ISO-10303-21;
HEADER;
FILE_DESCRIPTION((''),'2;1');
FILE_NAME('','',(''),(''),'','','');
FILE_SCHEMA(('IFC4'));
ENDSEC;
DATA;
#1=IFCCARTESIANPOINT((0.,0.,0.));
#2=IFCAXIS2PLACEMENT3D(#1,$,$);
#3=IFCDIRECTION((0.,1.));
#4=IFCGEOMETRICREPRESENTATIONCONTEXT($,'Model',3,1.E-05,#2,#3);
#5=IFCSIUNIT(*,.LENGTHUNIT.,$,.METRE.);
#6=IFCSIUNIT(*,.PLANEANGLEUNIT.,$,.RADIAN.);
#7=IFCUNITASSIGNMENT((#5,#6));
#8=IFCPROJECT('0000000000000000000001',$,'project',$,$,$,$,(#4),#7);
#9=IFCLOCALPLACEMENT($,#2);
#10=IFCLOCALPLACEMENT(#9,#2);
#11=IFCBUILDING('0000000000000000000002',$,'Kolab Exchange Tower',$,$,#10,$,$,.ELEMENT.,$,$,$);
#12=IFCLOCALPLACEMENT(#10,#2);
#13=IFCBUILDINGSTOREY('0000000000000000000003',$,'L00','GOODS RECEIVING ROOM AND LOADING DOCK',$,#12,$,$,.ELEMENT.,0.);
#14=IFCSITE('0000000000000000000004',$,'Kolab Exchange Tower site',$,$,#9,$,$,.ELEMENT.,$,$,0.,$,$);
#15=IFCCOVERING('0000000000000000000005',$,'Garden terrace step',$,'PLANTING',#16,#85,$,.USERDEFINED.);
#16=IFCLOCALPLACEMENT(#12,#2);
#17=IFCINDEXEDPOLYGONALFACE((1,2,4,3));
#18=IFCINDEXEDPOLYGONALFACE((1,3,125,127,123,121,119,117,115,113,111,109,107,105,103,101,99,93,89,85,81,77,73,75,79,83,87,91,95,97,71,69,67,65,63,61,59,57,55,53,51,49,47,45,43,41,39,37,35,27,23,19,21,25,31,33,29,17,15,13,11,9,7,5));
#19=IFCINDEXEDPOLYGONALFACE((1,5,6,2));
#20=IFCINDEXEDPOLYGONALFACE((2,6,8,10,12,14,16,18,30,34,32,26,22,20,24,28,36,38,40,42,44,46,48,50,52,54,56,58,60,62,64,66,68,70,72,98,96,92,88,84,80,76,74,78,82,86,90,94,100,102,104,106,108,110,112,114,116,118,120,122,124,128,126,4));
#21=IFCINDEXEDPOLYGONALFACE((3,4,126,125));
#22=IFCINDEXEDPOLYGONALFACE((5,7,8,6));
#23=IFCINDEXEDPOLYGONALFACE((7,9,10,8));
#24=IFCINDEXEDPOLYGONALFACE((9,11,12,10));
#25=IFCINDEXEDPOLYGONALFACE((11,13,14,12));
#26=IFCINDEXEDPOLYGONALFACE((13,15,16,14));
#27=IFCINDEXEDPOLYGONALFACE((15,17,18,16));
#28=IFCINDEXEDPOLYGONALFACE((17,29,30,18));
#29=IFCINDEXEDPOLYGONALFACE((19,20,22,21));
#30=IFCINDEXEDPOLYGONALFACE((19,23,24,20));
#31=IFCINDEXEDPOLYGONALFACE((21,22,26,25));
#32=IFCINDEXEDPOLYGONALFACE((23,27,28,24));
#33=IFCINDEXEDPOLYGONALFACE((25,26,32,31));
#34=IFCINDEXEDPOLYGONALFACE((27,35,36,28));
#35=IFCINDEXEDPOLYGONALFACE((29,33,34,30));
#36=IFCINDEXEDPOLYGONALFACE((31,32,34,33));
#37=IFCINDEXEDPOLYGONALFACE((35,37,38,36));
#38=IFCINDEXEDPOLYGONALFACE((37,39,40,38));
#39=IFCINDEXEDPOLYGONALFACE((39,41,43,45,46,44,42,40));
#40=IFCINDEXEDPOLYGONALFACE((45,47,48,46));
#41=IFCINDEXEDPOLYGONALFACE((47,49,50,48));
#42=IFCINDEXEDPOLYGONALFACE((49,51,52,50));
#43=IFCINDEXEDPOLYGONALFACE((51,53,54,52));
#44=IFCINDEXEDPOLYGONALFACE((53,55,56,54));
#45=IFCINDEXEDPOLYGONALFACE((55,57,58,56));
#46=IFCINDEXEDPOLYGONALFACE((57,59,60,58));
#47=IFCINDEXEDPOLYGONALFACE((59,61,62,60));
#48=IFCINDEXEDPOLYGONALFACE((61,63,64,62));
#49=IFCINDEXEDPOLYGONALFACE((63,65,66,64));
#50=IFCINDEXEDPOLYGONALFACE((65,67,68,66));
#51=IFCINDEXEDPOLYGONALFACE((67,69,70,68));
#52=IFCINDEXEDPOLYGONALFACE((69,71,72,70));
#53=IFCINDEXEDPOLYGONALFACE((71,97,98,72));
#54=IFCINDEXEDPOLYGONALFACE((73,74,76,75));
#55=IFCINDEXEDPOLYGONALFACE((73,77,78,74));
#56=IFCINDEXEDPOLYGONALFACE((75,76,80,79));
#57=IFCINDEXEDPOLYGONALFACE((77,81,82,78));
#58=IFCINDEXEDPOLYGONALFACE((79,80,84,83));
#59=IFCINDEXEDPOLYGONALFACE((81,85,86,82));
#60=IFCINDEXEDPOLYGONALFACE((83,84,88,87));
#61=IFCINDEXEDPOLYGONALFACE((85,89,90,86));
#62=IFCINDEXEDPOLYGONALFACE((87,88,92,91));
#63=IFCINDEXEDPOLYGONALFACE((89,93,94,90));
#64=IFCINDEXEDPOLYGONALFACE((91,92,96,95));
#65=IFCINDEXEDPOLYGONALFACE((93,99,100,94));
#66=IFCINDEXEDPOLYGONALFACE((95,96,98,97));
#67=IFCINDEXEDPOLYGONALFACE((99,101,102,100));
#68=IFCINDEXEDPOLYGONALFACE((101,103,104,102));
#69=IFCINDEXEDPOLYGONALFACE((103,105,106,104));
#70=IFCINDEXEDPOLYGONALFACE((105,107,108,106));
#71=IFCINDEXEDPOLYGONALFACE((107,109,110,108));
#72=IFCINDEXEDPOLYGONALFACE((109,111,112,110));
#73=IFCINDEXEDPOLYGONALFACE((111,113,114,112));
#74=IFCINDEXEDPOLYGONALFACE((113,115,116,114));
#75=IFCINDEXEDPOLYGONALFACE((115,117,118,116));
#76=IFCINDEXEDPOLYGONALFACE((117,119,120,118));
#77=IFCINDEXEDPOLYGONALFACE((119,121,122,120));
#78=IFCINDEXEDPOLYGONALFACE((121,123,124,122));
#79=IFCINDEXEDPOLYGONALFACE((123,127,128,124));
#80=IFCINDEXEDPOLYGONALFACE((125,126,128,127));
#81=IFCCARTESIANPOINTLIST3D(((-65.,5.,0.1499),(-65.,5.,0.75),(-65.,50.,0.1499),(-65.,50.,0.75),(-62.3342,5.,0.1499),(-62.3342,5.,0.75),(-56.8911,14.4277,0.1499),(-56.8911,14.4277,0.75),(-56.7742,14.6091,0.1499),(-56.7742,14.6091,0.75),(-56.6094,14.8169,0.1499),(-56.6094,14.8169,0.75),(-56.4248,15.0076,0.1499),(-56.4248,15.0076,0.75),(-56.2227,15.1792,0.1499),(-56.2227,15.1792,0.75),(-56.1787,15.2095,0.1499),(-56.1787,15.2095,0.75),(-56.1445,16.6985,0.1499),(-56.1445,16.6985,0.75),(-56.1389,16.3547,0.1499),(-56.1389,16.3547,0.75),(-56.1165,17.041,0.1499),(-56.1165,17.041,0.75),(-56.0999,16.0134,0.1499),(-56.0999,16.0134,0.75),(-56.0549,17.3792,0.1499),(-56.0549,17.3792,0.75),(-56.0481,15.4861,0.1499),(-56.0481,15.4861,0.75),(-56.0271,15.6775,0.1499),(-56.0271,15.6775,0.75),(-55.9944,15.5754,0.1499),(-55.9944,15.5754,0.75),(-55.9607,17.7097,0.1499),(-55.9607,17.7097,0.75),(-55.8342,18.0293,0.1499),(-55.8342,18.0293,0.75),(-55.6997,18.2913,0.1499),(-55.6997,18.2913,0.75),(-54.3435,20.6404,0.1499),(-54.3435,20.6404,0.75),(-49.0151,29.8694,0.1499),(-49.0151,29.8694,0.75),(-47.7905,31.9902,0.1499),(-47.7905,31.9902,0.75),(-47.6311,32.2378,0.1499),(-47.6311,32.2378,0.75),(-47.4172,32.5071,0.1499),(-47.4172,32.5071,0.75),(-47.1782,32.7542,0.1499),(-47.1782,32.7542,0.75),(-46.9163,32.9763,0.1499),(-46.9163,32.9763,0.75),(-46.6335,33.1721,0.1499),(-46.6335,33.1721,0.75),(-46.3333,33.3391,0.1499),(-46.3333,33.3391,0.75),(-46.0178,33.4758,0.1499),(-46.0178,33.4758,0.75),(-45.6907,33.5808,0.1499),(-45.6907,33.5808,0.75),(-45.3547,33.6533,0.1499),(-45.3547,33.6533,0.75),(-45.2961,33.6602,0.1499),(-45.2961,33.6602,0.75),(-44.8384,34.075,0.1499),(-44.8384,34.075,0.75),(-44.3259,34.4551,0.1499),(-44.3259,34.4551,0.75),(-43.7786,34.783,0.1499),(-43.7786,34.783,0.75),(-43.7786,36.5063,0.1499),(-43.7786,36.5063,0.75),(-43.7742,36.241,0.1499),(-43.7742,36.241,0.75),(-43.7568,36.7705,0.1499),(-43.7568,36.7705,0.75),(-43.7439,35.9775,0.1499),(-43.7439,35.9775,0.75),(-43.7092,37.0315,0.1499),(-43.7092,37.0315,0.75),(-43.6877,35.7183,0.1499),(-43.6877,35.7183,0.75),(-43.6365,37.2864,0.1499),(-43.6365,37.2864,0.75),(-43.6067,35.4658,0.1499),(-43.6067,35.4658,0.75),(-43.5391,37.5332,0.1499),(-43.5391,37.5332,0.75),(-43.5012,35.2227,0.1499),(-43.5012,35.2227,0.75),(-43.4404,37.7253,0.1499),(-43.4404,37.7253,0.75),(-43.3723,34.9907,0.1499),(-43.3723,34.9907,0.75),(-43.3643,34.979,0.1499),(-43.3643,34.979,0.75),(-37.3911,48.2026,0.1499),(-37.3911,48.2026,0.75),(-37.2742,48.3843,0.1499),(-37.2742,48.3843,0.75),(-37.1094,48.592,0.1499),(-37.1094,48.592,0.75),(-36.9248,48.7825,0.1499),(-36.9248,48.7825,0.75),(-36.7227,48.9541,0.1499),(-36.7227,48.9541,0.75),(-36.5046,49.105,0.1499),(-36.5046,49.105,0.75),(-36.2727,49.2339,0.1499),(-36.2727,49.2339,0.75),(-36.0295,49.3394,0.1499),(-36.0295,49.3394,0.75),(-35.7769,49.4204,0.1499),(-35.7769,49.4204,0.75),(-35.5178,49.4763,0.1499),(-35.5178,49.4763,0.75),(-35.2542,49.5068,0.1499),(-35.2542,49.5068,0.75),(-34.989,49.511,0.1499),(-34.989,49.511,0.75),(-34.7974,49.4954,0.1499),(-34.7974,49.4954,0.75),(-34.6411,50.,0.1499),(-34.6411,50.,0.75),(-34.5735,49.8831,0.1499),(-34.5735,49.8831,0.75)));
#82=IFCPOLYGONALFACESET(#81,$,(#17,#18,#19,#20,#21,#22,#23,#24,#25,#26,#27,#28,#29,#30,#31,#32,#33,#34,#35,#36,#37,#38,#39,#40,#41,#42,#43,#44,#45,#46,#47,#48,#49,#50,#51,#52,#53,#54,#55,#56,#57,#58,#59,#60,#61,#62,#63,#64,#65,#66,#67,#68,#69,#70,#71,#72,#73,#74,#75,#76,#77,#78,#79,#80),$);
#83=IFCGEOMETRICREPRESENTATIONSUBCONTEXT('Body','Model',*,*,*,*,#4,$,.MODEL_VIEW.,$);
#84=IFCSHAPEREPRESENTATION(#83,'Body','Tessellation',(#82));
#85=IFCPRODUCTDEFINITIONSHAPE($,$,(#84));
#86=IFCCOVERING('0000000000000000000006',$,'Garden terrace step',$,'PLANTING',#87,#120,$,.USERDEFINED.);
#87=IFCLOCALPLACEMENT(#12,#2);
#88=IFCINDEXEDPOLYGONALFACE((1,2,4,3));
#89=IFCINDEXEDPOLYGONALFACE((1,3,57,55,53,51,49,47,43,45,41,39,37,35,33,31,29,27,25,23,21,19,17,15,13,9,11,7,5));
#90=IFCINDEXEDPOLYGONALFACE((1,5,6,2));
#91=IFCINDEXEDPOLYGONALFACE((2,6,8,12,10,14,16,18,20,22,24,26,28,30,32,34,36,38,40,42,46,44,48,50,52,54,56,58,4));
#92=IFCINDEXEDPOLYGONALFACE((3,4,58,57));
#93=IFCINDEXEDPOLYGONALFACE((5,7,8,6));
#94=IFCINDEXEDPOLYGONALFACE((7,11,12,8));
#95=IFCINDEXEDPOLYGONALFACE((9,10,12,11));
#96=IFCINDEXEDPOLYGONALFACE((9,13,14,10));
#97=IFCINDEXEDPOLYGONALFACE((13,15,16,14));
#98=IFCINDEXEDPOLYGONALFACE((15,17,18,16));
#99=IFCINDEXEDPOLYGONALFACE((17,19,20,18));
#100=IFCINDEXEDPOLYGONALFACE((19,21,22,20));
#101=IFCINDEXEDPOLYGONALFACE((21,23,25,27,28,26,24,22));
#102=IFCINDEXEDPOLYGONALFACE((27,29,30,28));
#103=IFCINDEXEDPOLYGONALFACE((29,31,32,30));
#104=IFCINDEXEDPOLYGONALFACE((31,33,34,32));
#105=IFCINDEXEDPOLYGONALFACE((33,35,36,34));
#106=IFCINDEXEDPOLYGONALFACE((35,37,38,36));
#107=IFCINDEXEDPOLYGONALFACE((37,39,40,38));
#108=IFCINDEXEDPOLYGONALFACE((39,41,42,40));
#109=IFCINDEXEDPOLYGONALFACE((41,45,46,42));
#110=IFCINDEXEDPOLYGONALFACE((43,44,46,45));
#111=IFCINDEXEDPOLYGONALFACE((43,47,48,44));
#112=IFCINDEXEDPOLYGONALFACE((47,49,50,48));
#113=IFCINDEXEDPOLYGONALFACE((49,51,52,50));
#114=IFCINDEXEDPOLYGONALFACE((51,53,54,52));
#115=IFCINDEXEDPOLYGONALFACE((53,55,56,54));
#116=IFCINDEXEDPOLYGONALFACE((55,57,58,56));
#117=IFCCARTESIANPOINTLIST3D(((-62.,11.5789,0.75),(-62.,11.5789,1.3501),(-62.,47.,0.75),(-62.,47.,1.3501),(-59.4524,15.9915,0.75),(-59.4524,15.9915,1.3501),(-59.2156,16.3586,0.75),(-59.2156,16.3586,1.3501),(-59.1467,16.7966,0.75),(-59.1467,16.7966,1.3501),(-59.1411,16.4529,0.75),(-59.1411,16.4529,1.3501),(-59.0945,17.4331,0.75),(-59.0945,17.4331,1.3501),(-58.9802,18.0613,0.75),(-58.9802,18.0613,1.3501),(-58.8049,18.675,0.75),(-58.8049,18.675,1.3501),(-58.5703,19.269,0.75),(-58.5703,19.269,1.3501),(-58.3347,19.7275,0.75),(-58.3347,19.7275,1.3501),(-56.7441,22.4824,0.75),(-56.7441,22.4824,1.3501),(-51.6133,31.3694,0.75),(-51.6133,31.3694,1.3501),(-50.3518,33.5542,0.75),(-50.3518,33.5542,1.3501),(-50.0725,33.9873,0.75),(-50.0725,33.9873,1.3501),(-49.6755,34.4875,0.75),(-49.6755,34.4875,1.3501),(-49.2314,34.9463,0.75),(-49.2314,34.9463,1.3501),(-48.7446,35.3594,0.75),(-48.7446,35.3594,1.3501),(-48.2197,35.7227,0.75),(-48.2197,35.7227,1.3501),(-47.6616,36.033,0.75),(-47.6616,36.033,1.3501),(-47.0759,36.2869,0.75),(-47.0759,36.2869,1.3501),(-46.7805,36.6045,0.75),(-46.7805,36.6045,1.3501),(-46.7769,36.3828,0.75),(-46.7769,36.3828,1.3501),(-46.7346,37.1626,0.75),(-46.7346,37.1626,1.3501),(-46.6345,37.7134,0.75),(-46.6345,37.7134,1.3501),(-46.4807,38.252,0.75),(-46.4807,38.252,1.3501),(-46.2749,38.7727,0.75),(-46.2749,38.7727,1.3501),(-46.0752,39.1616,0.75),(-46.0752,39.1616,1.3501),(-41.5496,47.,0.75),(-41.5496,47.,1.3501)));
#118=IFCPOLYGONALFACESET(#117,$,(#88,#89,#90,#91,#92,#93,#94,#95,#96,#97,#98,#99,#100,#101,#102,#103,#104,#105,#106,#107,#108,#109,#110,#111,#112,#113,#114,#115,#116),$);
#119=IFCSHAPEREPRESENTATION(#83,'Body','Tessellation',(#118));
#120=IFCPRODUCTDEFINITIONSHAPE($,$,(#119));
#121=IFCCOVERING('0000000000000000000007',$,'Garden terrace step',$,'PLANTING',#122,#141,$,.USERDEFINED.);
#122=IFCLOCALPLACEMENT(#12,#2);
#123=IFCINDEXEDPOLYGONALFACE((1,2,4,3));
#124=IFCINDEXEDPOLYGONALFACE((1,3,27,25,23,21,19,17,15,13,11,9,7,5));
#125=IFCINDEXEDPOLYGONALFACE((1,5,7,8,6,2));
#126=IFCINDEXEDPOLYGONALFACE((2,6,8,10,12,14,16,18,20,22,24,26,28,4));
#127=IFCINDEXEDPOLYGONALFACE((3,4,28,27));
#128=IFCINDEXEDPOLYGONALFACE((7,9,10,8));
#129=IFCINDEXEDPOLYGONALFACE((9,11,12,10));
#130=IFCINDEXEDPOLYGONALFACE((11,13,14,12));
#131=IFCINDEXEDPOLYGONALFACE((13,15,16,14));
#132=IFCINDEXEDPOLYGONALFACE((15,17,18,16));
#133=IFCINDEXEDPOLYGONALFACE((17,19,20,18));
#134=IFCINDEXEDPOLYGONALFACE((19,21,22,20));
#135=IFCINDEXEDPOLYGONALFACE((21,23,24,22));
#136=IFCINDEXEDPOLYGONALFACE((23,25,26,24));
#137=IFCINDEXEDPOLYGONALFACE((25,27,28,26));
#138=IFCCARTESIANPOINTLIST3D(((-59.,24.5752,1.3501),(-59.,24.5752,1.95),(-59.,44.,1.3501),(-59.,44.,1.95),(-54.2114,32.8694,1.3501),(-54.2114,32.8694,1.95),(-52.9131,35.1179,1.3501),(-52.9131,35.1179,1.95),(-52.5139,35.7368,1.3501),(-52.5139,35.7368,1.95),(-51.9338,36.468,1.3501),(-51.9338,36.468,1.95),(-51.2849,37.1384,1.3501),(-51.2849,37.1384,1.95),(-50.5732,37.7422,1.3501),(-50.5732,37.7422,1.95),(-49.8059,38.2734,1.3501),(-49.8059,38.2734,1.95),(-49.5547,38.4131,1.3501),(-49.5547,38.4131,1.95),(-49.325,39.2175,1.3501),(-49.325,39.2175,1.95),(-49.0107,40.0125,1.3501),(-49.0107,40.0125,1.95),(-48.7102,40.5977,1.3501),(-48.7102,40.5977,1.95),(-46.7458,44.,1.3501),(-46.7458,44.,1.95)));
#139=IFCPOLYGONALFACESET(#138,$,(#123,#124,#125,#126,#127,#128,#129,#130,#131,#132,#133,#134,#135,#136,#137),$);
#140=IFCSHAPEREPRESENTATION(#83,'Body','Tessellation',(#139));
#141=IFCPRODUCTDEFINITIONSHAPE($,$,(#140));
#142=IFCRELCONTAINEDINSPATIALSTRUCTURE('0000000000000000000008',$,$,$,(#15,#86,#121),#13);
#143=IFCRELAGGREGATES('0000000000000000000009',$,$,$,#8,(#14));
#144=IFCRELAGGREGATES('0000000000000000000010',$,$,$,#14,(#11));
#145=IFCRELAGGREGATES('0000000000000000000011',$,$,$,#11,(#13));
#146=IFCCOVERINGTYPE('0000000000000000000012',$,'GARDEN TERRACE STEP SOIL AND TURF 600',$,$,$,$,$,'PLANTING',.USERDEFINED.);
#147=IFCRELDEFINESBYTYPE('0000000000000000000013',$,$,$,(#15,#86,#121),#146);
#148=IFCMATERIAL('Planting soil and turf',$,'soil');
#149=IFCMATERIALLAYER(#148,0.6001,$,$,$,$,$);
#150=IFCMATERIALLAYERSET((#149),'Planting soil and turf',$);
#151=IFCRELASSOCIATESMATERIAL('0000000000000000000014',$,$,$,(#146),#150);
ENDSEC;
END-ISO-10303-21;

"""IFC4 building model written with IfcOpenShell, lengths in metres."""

from ifc_helpers import new_model, si_unit, direction, frame, origin, place, context, subcontext, project, spatial, polyline, outline, extrude, material, layer, layer_set, type_object, element, save


model = new_model("IFC4")

# Units and contexts
model_context = context("Model", 3, precision=1e-05, world=origin(), true_north=direction((0.0, 1.0)))
body_context = subcontext(model_context, "Body", "Model", "MODEL_VIEW")
ifc_project = project(units=[si_unit("LENGTHUNIT", "METRE"), si_unit("PLANEANGLEUNIT", "RADIAN")], contexts=[model_context])

# Site, building, storey
site_placement = place(None, origin())
site = spatial("IfcSite", under=ifc_project, at=site_placement, Name="Kolab Exchange Tower site", CompositionType="ELEMENT", RefElevation=0.0)
building_placement = place(site_placement, origin())
building = spatial("IfcBuilding", under=site, at=building_placement, Name="Kolab Exchange Tower", CompositionType="ELEMENT")
storey_placement = place(building_placement, origin())
storey = spatial("IfcBuildingStorey", under=building, at=storey_placement, Name="L00", Description="GOODS RECEIVING ROOM AND LOADING DOCK", CompositionType="ELEMENT", Elevation=0.0)

# Coverings
ifc_material_1 = material(Name="Planting soil and turf", Category="soil")
ifc_layer_1 = layer(ifc_material_1, 0.6001)
ifc_layer_set_1 = layer_set([ifc_layer_1], Name="Planting soil and turf")
covering_type_1 = type_object("IfcCoveringType", Name="GARDEN TERRACE STEP SOIL AND TURF 600", ElementType="PLANTING", PredefinedType="USERDEFINED", material=ifc_layer_set_1)
covering_1_placement = place(storey_placement, frame((0.0, 0.0, 0.1499)))
element("IfcCovering", 1, at=covering_1_placement, inside=storey, type_object=covering_type_1, Name="Garden terrace step", ObjectType="PLANTING", PredefinedType="USERDEFINED", context=body_context, shape_type="SweptSolid", body=[
    extrude(outline(polyline([(-65.0, 50.0), (-34.6411, 50.0), (-34.5735, 49.8831), (-34.7974, 49.4954), (-34.989, 49.511), (-35.2542, 49.5068), (-35.5178, 49.4763), (-35.7769, 49.4204), (-36.0295, 49.3394), (-36.2727, 49.2339), (-36.5046, 49.105), (-36.7227, 48.9541), (-36.9248, 48.7825), (-37.1094, 48.592), (-37.2742, 48.3843), (-37.3911, 48.2026), (-43.4404, 37.7253), (-43.5391, 37.5332), (-43.6365, 37.2864), (-43.7092, 37.0315), (-43.7568, 36.7705), (-43.7786, 36.5063), (-43.7742, 36.241), (-43.7439, 35.9775), (-43.6877, 35.7183), (-43.6067, 35.4658), (-43.5012, 35.2227), (-43.3723, 34.9907), (-43.3643, 34.979), (-43.7786, 34.783), (-44.3259, 34.4551), (-44.8384, 34.075), (-45.2961, 33.6602), (-45.3547, 33.6533), (-45.6907, 33.5808), (-46.0178, 33.4758), (-46.3333, 33.3391), (-46.6335, 33.1721), (-46.9163, 32.9763), (-47.1782, 32.7542), (-47.4172, 32.5071), (-47.6311, 32.2378), (-47.7905, 31.9902), (-49.0151, 29.8694), (-54.3435, 20.6404), (-54.3435, 20.6404), (-55.6997, 18.2913), (-55.8342, 18.0293), (-55.9607, 17.7097), (-56.0549, 17.3792), (-56.1165, 17.041), (-56.1445, 16.6985), (-56.1389, 16.3547), (-56.0999, 16.0134), (-56.0271, 15.6775), (-55.9944, 15.5754), (-56.0481, 15.4861), (-56.1787, 15.2095), (-56.2227, 15.1792), (-56.4248, 15.0076), (-56.6094, 14.8169), (-56.7742, 14.6091), (-56.8911, 14.4277), (-62.3342, 5.0), (-65.0, 5.0), (-65.0, 50.0)])), origin(), (0.0, 0.0, 1.0), 0.6001),
])
covering_2_placement = place(storey_placement, frame((0.0, 0.0, 0.75)))
element("IfcCovering", 2, at=covering_2_placement, inside=storey, type_object=covering_type_1, Name="Garden terrace step", ObjectType="PLANTING", PredefinedType="USERDEFINED", context=body_context, shape_type="SweptSolid", body=[
    extrude(outline(polyline([(-62.0, 11.5789), (-62.0, 47.0), (-41.5496, 47.0), (-46.0752, 39.1616), (-46.2749, 38.7727), (-46.4807, 38.252), (-46.6345, 37.7134), (-46.7346, 37.1626), (-46.7805, 36.6045), (-46.7769, 36.3828), (-47.0759, 36.2869), (-47.6616, 36.033), (-48.2197, 35.7227), (-48.7446, 35.3594), (-49.2314, 34.9463), (-49.6755, 34.4875), (-50.0725, 33.9873), (-50.3518, 33.5542), (-51.6133, 31.3694), (-56.7441, 22.4824), (-56.7441, 22.4824), (-58.3347, 19.7275), (-58.5703, 19.269), (-58.8049, 18.675), (-58.9802, 18.0613), (-59.0945, 17.4331), (-59.1467, 16.7966), (-59.1411, 16.4529), (-59.2156, 16.3586), (-59.4524, 15.9915), (-62.0, 11.5789)])), origin(), (0.0, 0.0, 1.0), 0.6001),
])
covering_3_placement = place(storey_placement, frame((0.0, 0.0, 1.3501)))
element("IfcCovering", 3, at=covering_3_placement, inside=storey, type_object=covering_type_1, Name="Garden terrace step", ObjectType="PLANTING", PredefinedType="USERDEFINED", context=body_context, shape_type="SweptSolid", body=[
    extrude(outline(polyline([(-59.0, 24.5752), (-59.0, 44.0), (-46.7458, 44.0), (-48.7102, 40.5977), (-49.0107, 40.0125), (-49.325, 39.2175), (-49.5547, 38.4131), (-49.8059, 38.2734), (-50.5732, 37.7422), (-51.2849, 37.1384), (-51.9338, 36.468), (-52.5139, 35.7368), (-52.9131, 35.1179), (-54.2114, 32.8694), (-59.0, 24.5752)])), origin(), (0.0, 0.0, 1.0), 0.5999),
])

save(model, "model.ifc")
